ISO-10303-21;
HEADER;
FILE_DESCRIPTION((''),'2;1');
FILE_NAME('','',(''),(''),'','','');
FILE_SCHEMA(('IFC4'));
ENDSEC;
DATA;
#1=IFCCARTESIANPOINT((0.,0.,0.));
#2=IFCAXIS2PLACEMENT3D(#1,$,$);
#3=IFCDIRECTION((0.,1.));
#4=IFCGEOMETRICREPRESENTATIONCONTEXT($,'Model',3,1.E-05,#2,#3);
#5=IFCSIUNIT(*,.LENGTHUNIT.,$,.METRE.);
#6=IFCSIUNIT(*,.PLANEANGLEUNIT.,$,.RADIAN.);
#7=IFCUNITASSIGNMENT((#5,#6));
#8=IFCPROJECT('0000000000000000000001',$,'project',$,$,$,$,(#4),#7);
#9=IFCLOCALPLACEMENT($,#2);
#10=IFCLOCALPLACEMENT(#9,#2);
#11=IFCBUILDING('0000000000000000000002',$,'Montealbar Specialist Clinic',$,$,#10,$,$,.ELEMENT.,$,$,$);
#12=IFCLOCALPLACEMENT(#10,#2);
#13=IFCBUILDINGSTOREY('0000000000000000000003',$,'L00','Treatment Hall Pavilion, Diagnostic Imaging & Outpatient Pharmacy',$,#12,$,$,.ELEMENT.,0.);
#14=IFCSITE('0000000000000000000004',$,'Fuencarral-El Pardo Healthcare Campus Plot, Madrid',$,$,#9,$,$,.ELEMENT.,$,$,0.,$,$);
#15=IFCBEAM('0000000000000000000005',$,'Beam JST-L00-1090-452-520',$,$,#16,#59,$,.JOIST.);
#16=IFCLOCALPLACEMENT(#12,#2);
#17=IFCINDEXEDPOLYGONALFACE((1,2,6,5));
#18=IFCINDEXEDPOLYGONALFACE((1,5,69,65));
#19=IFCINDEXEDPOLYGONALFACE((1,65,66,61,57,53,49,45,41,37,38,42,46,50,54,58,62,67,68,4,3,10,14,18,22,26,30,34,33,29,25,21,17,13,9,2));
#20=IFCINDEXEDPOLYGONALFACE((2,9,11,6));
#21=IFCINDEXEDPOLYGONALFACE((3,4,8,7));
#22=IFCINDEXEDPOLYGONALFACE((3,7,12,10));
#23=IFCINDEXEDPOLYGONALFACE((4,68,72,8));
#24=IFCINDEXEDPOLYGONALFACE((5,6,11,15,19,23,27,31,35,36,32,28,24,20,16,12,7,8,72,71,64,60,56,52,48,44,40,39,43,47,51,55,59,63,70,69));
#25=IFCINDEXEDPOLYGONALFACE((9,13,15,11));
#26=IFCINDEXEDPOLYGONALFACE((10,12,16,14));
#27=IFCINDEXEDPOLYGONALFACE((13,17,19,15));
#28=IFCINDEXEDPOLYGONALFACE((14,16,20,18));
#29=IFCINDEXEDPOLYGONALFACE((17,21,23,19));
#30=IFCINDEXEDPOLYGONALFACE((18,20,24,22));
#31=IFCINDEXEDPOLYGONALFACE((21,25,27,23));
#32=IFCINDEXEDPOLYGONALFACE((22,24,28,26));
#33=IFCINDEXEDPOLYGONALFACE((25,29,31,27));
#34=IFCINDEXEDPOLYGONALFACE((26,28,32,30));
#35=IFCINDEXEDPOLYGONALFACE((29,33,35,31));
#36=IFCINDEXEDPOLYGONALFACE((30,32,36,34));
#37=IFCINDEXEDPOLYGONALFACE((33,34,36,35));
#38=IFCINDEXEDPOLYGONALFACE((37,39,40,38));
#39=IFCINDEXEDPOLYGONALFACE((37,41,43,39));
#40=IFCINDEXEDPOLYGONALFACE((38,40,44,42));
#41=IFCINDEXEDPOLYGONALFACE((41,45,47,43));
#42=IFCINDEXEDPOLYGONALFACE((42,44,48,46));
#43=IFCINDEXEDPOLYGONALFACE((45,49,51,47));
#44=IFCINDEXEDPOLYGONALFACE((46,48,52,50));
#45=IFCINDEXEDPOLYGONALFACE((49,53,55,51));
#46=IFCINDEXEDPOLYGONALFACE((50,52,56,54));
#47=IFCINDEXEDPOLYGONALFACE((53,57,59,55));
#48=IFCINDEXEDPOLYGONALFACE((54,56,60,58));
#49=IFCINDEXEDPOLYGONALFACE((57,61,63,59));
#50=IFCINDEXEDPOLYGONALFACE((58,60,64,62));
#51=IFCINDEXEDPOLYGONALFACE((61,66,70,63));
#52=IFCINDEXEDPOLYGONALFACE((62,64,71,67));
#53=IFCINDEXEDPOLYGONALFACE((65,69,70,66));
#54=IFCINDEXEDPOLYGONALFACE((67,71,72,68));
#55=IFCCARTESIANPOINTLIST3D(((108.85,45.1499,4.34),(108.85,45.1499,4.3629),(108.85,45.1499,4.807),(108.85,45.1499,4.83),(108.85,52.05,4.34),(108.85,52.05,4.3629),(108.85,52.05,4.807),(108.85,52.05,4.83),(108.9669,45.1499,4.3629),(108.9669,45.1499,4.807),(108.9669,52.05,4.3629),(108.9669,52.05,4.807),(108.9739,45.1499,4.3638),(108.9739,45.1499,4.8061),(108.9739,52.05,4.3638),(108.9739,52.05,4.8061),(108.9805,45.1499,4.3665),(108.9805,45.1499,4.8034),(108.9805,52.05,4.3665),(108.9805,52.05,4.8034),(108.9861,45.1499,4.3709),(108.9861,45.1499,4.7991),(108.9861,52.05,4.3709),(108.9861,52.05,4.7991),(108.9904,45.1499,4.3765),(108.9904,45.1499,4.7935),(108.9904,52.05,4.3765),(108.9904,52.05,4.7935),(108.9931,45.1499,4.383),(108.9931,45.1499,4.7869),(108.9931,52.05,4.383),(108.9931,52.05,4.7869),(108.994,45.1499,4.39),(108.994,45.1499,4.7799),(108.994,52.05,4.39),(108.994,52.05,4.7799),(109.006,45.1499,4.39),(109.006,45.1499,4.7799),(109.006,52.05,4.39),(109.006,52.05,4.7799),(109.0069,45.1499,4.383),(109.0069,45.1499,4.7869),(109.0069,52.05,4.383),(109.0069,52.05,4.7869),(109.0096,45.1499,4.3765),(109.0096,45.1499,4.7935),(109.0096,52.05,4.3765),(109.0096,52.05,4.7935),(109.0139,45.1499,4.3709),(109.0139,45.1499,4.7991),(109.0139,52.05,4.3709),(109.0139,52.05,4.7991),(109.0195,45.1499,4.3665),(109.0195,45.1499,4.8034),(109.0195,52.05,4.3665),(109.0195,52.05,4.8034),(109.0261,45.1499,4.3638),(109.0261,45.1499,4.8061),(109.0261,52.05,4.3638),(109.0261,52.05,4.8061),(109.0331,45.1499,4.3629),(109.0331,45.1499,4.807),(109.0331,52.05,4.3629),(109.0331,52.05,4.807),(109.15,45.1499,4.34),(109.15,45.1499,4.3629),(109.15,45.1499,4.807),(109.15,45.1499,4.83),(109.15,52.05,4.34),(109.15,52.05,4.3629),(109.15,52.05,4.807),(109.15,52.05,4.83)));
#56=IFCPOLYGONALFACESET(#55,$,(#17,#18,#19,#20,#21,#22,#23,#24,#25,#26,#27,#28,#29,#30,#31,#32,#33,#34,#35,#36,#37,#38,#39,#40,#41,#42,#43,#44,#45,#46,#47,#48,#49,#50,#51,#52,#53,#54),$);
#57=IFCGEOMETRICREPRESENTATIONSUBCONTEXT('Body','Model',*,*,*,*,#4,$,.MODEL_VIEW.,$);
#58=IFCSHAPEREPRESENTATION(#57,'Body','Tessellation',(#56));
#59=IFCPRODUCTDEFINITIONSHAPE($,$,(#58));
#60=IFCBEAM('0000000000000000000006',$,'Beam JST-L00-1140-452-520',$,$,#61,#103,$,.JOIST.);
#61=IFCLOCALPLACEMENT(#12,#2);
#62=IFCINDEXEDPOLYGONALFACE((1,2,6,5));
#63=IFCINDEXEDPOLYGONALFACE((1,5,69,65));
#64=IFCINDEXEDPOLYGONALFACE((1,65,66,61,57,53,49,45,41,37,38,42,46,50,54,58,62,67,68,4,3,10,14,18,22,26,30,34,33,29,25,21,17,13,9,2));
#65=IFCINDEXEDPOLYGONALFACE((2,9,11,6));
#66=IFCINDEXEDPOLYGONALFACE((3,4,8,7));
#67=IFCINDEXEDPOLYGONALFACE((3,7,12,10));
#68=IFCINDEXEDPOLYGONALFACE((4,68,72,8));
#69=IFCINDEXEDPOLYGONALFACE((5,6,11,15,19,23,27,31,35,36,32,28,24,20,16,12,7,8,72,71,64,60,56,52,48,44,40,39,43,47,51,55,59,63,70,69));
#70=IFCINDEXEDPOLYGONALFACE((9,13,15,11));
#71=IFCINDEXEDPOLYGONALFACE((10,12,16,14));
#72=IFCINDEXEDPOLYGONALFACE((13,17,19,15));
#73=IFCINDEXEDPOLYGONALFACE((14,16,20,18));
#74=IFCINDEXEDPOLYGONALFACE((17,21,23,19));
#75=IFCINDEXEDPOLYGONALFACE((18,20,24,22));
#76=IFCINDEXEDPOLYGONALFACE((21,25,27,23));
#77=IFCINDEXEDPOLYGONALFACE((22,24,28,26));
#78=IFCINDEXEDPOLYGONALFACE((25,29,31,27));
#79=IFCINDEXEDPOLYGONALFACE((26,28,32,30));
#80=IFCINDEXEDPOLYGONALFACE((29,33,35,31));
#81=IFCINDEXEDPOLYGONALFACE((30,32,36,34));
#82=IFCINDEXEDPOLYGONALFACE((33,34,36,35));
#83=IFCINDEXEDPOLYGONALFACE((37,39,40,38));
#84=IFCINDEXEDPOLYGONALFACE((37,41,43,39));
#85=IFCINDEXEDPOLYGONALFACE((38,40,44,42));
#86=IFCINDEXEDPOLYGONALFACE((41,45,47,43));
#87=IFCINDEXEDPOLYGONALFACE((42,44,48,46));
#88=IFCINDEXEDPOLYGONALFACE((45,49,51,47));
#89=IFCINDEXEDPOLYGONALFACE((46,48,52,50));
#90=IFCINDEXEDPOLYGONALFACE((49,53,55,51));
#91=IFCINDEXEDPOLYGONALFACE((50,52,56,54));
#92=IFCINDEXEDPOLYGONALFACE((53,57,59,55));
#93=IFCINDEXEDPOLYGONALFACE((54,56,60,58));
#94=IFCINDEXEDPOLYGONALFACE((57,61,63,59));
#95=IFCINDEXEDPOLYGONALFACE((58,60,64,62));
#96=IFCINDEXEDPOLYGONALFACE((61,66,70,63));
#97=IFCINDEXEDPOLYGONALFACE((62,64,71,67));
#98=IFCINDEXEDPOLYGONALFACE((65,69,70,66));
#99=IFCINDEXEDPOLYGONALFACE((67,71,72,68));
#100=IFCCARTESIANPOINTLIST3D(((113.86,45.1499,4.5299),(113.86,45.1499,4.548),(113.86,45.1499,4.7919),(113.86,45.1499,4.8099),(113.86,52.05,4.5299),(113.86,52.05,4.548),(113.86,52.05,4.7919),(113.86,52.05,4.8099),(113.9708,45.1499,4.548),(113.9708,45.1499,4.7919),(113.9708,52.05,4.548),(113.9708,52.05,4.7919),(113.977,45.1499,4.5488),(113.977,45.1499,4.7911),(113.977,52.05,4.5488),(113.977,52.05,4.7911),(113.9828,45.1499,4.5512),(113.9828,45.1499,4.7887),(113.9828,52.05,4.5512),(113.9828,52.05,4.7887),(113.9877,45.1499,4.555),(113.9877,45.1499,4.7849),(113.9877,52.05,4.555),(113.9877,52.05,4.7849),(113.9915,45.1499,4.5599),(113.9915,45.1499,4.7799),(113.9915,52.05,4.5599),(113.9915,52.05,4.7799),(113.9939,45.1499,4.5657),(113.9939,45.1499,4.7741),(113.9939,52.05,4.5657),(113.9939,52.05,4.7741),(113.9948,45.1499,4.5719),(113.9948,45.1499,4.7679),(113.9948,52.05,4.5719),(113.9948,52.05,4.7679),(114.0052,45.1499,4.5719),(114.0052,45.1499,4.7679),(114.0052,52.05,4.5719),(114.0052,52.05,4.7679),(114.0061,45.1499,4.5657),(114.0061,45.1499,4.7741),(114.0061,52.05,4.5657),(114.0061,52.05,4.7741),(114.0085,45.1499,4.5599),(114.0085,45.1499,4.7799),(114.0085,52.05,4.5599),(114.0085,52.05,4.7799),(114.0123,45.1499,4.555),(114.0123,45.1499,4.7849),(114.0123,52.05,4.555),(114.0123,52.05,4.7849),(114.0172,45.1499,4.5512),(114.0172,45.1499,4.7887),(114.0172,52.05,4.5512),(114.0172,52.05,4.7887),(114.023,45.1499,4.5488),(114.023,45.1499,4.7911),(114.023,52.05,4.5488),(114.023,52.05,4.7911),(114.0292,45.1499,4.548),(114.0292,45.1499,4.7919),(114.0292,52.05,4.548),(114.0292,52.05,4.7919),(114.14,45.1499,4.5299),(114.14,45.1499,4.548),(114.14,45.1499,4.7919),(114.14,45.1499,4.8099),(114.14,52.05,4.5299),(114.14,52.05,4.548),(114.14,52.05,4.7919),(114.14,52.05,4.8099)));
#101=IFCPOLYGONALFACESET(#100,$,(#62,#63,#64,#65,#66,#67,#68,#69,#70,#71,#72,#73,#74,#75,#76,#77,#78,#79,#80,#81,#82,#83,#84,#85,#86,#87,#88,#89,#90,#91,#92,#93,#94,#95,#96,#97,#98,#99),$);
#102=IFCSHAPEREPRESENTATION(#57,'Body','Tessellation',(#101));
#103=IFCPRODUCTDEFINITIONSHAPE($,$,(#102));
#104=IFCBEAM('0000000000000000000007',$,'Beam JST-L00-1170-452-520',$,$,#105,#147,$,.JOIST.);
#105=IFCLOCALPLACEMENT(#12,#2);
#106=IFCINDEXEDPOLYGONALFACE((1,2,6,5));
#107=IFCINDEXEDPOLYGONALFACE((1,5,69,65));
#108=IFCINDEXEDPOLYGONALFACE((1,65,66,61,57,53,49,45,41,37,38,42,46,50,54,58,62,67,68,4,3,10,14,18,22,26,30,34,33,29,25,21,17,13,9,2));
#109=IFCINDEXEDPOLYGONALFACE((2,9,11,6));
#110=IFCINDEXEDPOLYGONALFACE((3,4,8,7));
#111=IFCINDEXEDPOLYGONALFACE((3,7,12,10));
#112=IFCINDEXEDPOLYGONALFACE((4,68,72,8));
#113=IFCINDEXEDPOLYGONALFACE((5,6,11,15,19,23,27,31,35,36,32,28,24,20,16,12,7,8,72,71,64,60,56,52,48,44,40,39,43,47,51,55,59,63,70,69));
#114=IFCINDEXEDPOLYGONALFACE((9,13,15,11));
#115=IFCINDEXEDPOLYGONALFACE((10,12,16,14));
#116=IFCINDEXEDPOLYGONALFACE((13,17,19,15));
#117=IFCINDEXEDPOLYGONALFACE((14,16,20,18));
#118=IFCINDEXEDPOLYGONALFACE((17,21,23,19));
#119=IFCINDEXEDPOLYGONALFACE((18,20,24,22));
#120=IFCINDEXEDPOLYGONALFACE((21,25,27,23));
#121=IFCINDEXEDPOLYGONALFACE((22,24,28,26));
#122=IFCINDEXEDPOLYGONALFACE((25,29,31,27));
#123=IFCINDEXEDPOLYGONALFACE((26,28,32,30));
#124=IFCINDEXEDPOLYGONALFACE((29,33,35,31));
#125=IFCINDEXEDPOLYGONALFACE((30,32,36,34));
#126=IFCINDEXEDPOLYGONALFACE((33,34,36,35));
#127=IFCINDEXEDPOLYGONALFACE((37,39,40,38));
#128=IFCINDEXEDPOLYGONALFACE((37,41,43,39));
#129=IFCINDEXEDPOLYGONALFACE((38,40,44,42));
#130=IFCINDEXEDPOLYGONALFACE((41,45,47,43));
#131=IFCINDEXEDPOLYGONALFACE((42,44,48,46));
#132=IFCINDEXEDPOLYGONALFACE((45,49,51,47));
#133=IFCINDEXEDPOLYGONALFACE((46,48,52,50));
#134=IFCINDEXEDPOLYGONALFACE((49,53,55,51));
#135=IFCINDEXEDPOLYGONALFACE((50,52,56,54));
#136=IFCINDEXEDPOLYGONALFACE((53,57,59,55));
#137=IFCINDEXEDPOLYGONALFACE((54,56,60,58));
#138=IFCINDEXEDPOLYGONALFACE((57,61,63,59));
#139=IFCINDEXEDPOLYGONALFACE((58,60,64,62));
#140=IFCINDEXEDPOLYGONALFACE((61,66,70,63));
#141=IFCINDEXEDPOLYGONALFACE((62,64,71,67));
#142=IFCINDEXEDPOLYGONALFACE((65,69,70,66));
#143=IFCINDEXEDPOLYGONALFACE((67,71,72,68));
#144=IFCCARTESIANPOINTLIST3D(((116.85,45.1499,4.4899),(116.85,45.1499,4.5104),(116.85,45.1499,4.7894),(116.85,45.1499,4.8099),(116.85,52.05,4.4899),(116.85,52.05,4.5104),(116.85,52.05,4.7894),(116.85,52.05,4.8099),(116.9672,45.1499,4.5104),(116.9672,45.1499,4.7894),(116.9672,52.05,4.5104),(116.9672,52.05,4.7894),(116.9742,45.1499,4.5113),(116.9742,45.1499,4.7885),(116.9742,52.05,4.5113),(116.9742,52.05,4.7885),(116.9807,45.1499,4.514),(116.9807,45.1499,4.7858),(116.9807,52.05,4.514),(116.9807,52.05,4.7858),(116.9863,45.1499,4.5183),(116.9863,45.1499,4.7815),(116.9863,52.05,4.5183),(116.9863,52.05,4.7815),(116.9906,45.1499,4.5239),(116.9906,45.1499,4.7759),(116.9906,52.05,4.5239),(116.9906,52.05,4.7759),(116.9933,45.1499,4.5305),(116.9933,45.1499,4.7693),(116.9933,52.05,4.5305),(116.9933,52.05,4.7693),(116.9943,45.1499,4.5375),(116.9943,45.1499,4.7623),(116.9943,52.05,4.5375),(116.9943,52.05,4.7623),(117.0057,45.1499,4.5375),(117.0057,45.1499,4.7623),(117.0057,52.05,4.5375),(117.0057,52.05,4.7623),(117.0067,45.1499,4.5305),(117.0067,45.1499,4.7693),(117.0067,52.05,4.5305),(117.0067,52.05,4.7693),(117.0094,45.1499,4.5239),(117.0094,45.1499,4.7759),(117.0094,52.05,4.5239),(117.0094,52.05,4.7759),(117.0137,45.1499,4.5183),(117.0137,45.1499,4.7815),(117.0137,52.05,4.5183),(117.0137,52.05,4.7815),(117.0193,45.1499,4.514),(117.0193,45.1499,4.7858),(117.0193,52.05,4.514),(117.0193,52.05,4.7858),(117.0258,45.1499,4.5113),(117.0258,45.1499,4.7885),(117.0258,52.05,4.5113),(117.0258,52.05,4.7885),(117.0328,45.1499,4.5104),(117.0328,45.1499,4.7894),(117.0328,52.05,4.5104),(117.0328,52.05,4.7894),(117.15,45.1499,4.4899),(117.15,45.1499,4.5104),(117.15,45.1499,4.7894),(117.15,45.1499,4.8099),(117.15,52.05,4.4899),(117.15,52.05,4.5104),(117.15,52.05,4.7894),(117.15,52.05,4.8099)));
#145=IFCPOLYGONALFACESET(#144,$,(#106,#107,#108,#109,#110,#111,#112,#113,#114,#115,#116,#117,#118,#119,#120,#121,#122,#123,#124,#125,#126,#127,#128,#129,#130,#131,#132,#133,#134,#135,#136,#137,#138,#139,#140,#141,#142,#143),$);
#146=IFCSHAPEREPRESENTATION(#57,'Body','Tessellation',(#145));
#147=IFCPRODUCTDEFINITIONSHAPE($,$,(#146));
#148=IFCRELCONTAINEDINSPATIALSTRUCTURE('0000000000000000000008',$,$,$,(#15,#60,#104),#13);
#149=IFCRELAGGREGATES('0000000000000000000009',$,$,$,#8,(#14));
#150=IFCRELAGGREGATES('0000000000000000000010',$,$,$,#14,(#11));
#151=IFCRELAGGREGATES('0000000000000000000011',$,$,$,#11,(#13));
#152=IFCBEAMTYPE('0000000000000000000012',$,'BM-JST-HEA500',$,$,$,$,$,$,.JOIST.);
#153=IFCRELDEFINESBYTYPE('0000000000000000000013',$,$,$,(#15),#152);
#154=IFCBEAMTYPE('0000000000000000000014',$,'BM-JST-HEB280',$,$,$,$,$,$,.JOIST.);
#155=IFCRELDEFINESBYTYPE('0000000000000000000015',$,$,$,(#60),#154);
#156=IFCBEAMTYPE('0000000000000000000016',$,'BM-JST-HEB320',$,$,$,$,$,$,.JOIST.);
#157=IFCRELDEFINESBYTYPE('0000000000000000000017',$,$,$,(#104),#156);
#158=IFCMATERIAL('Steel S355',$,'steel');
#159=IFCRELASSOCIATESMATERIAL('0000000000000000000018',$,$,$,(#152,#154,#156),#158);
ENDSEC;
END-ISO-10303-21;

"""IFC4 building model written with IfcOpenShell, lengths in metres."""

from ifc_helpers import new_model, si_unit, direction, frame, origin, origin_2d, place, context, subcontext, project, spatial, i_section, extrude, material, material_profile, profile_set, type_object, element, save


model = new_model("IFC4")

# Units and contexts
model_context = context("Model", 3, precision=1e-05, world=origin(), true_north=direction((0.0, 1.0)))
body_context = subcontext(model_context, "Body", "Model", "MODEL_VIEW")
ifc_project = project(units=[si_unit("LENGTHUNIT", "METRE"), si_unit("PLANEANGLEUNIT", "RADIAN")], contexts=[model_context])

# Site, building, storey
site_placement = place(None, origin())
site = spatial("IfcSite", under=ifc_project, at=site_placement, Name="Fuencarral-El Pardo Healthcare Campus Plot, Madrid", CompositionType="ELEMENT", RefElevation=0.0)
building_placement = place(site_placement, origin())
building = spatial("IfcBuilding", under=site, at=building_placement, Name="Montealbar Specialist Clinic", CompositionType="ELEMENT")
storey_placement = place(building_placement, origin())
storey = spatial("IfcBuildingStorey", under=building, at=storey_placement, Name="L00", Description="Treatment Hall Pavilion, Diagnostic Imaging & Outpatient Pharmacy", CompositionType="ELEMENT", Elevation=0.0)

# Shared definitions
ifc_material_1 = material(Name="Steel S355", Category="steel")

# Beams
ifc_material_profile_1 = material_profile(ifc_material_1, i_section(OverallWidth=0.3, OverallDepth=0.49, WebThickness=0.012, FlangeThickness=0.0229, FilletRadius=0.0271, at=origin_2d()), Name="HEA 500", Category="steel")
ifc_profile_set_1 = profile_set([ifc_material_profile_1], Name="Steel S355")
beam_type_1 = type_object("IfcBeamType", Name="BM-JST-HEA500", PredefinedType="JOIST", material=ifc_profile_set_1)
beam_1_placement = place(storey_placement, frame((109.0, 45.1499, 4.585), z_axis=(0.0, 1.0, 0.0), x_axis=(-1.0, 0.0, 0.0)))
element("IfcBeam", 1, at=beam_1_placement, inside=storey, type_object=beam_type_1, Name="Beam JST-L00-1090-452-520", PredefinedType="JOIST", context=body_context, shape_type="SweptSolid", body=[
    extrude(i_section(OverallWidth=0.3, OverallDepth=0.49, WebThickness=0.012, FlangeThickness=0.0229, FilletRadius=0.0271, at=origin_2d()), origin(), (0.0, 0.0, 1.0), 6.9001),
])
ifc_material_profile_2 = material_profile(ifc_material_1, i_section(OverallWidth=0.28, OverallDepth=0.28, WebThickness=0.0105, FlangeThickness=0.0181, FilletRadius=0.0239, at=origin_2d()), Name="HEB 280", Category="steel")
ifc_profile_set_2 = profile_set([ifc_material_profile_2], Name="Steel S355")
beam_type_2 = type_object("IfcBeamType", Name="BM-JST-HEB280", PredefinedType="JOIST", material=ifc_profile_set_2)
beam_2_placement = place(storey_placement, frame((114.0, 45.1499, 4.6699), z_axis=(0.0, 1.0, 0.0), x_axis=(-1.0, 0.0, 0.0)))
element("IfcBeam", 2, at=beam_2_placement, inside=storey, type_object=beam_type_2, Name="Beam JST-L00-1140-452-520", PredefinedType="JOIST", context=body_context, shape_type="SweptSolid", body=[
    extrude(i_section(OverallWidth=0.28, OverallDepth=0.28, WebThickness=0.0105, FlangeThickness=0.0181, FilletRadius=0.0239, at=origin_2d()), origin(), (0.0, 0.0, 1.0), 6.9001),
])
ifc_material_profile_3 = material_profile(ifc_material_1, i_section(OverallWidth=0.3, OverallDepth=0.3201, WebThickness=0.0115, FlangeThickness=0.0205, FilletRadius=0.0271, at=origin_2d()), Name="HEB 320", Category="steel")
ifc_profile_set_3 = profile_set([ifc_material_profile_3], Name="Steel S355")
beam_type_3 = type_object("IfcBeamType", Name="BM-JST-HEB320", PredefinedType="JOIST", material=ifc_profile_set_3)
beam_3_placement = place(storey_placement, frame((117.0, 45.1499, 4.6499), z_axis=(0.0, 1.0, 0.0), x_axis=(-1.0, 0.0, 0.0)))
element("IfcBeam", 3, at=beam_3_placement, inside=storey, type_object=beam_type_3, Name="Beam JST-L00-1170-452-520", PredefinedType="JOIST", context=body_context, shape_type="SweptSolid", body=[
    extrude(i_section(OverallWidth=0.3, OverallDepth=0.3201, WebThickness=0.0115, FlangeThickness=0.0205, FilletRadius=0.0271, at=origin_2d()), origin(), (0.0, 0.0, 1.0), 6.9001),
])

save(model, "model.ifc")
